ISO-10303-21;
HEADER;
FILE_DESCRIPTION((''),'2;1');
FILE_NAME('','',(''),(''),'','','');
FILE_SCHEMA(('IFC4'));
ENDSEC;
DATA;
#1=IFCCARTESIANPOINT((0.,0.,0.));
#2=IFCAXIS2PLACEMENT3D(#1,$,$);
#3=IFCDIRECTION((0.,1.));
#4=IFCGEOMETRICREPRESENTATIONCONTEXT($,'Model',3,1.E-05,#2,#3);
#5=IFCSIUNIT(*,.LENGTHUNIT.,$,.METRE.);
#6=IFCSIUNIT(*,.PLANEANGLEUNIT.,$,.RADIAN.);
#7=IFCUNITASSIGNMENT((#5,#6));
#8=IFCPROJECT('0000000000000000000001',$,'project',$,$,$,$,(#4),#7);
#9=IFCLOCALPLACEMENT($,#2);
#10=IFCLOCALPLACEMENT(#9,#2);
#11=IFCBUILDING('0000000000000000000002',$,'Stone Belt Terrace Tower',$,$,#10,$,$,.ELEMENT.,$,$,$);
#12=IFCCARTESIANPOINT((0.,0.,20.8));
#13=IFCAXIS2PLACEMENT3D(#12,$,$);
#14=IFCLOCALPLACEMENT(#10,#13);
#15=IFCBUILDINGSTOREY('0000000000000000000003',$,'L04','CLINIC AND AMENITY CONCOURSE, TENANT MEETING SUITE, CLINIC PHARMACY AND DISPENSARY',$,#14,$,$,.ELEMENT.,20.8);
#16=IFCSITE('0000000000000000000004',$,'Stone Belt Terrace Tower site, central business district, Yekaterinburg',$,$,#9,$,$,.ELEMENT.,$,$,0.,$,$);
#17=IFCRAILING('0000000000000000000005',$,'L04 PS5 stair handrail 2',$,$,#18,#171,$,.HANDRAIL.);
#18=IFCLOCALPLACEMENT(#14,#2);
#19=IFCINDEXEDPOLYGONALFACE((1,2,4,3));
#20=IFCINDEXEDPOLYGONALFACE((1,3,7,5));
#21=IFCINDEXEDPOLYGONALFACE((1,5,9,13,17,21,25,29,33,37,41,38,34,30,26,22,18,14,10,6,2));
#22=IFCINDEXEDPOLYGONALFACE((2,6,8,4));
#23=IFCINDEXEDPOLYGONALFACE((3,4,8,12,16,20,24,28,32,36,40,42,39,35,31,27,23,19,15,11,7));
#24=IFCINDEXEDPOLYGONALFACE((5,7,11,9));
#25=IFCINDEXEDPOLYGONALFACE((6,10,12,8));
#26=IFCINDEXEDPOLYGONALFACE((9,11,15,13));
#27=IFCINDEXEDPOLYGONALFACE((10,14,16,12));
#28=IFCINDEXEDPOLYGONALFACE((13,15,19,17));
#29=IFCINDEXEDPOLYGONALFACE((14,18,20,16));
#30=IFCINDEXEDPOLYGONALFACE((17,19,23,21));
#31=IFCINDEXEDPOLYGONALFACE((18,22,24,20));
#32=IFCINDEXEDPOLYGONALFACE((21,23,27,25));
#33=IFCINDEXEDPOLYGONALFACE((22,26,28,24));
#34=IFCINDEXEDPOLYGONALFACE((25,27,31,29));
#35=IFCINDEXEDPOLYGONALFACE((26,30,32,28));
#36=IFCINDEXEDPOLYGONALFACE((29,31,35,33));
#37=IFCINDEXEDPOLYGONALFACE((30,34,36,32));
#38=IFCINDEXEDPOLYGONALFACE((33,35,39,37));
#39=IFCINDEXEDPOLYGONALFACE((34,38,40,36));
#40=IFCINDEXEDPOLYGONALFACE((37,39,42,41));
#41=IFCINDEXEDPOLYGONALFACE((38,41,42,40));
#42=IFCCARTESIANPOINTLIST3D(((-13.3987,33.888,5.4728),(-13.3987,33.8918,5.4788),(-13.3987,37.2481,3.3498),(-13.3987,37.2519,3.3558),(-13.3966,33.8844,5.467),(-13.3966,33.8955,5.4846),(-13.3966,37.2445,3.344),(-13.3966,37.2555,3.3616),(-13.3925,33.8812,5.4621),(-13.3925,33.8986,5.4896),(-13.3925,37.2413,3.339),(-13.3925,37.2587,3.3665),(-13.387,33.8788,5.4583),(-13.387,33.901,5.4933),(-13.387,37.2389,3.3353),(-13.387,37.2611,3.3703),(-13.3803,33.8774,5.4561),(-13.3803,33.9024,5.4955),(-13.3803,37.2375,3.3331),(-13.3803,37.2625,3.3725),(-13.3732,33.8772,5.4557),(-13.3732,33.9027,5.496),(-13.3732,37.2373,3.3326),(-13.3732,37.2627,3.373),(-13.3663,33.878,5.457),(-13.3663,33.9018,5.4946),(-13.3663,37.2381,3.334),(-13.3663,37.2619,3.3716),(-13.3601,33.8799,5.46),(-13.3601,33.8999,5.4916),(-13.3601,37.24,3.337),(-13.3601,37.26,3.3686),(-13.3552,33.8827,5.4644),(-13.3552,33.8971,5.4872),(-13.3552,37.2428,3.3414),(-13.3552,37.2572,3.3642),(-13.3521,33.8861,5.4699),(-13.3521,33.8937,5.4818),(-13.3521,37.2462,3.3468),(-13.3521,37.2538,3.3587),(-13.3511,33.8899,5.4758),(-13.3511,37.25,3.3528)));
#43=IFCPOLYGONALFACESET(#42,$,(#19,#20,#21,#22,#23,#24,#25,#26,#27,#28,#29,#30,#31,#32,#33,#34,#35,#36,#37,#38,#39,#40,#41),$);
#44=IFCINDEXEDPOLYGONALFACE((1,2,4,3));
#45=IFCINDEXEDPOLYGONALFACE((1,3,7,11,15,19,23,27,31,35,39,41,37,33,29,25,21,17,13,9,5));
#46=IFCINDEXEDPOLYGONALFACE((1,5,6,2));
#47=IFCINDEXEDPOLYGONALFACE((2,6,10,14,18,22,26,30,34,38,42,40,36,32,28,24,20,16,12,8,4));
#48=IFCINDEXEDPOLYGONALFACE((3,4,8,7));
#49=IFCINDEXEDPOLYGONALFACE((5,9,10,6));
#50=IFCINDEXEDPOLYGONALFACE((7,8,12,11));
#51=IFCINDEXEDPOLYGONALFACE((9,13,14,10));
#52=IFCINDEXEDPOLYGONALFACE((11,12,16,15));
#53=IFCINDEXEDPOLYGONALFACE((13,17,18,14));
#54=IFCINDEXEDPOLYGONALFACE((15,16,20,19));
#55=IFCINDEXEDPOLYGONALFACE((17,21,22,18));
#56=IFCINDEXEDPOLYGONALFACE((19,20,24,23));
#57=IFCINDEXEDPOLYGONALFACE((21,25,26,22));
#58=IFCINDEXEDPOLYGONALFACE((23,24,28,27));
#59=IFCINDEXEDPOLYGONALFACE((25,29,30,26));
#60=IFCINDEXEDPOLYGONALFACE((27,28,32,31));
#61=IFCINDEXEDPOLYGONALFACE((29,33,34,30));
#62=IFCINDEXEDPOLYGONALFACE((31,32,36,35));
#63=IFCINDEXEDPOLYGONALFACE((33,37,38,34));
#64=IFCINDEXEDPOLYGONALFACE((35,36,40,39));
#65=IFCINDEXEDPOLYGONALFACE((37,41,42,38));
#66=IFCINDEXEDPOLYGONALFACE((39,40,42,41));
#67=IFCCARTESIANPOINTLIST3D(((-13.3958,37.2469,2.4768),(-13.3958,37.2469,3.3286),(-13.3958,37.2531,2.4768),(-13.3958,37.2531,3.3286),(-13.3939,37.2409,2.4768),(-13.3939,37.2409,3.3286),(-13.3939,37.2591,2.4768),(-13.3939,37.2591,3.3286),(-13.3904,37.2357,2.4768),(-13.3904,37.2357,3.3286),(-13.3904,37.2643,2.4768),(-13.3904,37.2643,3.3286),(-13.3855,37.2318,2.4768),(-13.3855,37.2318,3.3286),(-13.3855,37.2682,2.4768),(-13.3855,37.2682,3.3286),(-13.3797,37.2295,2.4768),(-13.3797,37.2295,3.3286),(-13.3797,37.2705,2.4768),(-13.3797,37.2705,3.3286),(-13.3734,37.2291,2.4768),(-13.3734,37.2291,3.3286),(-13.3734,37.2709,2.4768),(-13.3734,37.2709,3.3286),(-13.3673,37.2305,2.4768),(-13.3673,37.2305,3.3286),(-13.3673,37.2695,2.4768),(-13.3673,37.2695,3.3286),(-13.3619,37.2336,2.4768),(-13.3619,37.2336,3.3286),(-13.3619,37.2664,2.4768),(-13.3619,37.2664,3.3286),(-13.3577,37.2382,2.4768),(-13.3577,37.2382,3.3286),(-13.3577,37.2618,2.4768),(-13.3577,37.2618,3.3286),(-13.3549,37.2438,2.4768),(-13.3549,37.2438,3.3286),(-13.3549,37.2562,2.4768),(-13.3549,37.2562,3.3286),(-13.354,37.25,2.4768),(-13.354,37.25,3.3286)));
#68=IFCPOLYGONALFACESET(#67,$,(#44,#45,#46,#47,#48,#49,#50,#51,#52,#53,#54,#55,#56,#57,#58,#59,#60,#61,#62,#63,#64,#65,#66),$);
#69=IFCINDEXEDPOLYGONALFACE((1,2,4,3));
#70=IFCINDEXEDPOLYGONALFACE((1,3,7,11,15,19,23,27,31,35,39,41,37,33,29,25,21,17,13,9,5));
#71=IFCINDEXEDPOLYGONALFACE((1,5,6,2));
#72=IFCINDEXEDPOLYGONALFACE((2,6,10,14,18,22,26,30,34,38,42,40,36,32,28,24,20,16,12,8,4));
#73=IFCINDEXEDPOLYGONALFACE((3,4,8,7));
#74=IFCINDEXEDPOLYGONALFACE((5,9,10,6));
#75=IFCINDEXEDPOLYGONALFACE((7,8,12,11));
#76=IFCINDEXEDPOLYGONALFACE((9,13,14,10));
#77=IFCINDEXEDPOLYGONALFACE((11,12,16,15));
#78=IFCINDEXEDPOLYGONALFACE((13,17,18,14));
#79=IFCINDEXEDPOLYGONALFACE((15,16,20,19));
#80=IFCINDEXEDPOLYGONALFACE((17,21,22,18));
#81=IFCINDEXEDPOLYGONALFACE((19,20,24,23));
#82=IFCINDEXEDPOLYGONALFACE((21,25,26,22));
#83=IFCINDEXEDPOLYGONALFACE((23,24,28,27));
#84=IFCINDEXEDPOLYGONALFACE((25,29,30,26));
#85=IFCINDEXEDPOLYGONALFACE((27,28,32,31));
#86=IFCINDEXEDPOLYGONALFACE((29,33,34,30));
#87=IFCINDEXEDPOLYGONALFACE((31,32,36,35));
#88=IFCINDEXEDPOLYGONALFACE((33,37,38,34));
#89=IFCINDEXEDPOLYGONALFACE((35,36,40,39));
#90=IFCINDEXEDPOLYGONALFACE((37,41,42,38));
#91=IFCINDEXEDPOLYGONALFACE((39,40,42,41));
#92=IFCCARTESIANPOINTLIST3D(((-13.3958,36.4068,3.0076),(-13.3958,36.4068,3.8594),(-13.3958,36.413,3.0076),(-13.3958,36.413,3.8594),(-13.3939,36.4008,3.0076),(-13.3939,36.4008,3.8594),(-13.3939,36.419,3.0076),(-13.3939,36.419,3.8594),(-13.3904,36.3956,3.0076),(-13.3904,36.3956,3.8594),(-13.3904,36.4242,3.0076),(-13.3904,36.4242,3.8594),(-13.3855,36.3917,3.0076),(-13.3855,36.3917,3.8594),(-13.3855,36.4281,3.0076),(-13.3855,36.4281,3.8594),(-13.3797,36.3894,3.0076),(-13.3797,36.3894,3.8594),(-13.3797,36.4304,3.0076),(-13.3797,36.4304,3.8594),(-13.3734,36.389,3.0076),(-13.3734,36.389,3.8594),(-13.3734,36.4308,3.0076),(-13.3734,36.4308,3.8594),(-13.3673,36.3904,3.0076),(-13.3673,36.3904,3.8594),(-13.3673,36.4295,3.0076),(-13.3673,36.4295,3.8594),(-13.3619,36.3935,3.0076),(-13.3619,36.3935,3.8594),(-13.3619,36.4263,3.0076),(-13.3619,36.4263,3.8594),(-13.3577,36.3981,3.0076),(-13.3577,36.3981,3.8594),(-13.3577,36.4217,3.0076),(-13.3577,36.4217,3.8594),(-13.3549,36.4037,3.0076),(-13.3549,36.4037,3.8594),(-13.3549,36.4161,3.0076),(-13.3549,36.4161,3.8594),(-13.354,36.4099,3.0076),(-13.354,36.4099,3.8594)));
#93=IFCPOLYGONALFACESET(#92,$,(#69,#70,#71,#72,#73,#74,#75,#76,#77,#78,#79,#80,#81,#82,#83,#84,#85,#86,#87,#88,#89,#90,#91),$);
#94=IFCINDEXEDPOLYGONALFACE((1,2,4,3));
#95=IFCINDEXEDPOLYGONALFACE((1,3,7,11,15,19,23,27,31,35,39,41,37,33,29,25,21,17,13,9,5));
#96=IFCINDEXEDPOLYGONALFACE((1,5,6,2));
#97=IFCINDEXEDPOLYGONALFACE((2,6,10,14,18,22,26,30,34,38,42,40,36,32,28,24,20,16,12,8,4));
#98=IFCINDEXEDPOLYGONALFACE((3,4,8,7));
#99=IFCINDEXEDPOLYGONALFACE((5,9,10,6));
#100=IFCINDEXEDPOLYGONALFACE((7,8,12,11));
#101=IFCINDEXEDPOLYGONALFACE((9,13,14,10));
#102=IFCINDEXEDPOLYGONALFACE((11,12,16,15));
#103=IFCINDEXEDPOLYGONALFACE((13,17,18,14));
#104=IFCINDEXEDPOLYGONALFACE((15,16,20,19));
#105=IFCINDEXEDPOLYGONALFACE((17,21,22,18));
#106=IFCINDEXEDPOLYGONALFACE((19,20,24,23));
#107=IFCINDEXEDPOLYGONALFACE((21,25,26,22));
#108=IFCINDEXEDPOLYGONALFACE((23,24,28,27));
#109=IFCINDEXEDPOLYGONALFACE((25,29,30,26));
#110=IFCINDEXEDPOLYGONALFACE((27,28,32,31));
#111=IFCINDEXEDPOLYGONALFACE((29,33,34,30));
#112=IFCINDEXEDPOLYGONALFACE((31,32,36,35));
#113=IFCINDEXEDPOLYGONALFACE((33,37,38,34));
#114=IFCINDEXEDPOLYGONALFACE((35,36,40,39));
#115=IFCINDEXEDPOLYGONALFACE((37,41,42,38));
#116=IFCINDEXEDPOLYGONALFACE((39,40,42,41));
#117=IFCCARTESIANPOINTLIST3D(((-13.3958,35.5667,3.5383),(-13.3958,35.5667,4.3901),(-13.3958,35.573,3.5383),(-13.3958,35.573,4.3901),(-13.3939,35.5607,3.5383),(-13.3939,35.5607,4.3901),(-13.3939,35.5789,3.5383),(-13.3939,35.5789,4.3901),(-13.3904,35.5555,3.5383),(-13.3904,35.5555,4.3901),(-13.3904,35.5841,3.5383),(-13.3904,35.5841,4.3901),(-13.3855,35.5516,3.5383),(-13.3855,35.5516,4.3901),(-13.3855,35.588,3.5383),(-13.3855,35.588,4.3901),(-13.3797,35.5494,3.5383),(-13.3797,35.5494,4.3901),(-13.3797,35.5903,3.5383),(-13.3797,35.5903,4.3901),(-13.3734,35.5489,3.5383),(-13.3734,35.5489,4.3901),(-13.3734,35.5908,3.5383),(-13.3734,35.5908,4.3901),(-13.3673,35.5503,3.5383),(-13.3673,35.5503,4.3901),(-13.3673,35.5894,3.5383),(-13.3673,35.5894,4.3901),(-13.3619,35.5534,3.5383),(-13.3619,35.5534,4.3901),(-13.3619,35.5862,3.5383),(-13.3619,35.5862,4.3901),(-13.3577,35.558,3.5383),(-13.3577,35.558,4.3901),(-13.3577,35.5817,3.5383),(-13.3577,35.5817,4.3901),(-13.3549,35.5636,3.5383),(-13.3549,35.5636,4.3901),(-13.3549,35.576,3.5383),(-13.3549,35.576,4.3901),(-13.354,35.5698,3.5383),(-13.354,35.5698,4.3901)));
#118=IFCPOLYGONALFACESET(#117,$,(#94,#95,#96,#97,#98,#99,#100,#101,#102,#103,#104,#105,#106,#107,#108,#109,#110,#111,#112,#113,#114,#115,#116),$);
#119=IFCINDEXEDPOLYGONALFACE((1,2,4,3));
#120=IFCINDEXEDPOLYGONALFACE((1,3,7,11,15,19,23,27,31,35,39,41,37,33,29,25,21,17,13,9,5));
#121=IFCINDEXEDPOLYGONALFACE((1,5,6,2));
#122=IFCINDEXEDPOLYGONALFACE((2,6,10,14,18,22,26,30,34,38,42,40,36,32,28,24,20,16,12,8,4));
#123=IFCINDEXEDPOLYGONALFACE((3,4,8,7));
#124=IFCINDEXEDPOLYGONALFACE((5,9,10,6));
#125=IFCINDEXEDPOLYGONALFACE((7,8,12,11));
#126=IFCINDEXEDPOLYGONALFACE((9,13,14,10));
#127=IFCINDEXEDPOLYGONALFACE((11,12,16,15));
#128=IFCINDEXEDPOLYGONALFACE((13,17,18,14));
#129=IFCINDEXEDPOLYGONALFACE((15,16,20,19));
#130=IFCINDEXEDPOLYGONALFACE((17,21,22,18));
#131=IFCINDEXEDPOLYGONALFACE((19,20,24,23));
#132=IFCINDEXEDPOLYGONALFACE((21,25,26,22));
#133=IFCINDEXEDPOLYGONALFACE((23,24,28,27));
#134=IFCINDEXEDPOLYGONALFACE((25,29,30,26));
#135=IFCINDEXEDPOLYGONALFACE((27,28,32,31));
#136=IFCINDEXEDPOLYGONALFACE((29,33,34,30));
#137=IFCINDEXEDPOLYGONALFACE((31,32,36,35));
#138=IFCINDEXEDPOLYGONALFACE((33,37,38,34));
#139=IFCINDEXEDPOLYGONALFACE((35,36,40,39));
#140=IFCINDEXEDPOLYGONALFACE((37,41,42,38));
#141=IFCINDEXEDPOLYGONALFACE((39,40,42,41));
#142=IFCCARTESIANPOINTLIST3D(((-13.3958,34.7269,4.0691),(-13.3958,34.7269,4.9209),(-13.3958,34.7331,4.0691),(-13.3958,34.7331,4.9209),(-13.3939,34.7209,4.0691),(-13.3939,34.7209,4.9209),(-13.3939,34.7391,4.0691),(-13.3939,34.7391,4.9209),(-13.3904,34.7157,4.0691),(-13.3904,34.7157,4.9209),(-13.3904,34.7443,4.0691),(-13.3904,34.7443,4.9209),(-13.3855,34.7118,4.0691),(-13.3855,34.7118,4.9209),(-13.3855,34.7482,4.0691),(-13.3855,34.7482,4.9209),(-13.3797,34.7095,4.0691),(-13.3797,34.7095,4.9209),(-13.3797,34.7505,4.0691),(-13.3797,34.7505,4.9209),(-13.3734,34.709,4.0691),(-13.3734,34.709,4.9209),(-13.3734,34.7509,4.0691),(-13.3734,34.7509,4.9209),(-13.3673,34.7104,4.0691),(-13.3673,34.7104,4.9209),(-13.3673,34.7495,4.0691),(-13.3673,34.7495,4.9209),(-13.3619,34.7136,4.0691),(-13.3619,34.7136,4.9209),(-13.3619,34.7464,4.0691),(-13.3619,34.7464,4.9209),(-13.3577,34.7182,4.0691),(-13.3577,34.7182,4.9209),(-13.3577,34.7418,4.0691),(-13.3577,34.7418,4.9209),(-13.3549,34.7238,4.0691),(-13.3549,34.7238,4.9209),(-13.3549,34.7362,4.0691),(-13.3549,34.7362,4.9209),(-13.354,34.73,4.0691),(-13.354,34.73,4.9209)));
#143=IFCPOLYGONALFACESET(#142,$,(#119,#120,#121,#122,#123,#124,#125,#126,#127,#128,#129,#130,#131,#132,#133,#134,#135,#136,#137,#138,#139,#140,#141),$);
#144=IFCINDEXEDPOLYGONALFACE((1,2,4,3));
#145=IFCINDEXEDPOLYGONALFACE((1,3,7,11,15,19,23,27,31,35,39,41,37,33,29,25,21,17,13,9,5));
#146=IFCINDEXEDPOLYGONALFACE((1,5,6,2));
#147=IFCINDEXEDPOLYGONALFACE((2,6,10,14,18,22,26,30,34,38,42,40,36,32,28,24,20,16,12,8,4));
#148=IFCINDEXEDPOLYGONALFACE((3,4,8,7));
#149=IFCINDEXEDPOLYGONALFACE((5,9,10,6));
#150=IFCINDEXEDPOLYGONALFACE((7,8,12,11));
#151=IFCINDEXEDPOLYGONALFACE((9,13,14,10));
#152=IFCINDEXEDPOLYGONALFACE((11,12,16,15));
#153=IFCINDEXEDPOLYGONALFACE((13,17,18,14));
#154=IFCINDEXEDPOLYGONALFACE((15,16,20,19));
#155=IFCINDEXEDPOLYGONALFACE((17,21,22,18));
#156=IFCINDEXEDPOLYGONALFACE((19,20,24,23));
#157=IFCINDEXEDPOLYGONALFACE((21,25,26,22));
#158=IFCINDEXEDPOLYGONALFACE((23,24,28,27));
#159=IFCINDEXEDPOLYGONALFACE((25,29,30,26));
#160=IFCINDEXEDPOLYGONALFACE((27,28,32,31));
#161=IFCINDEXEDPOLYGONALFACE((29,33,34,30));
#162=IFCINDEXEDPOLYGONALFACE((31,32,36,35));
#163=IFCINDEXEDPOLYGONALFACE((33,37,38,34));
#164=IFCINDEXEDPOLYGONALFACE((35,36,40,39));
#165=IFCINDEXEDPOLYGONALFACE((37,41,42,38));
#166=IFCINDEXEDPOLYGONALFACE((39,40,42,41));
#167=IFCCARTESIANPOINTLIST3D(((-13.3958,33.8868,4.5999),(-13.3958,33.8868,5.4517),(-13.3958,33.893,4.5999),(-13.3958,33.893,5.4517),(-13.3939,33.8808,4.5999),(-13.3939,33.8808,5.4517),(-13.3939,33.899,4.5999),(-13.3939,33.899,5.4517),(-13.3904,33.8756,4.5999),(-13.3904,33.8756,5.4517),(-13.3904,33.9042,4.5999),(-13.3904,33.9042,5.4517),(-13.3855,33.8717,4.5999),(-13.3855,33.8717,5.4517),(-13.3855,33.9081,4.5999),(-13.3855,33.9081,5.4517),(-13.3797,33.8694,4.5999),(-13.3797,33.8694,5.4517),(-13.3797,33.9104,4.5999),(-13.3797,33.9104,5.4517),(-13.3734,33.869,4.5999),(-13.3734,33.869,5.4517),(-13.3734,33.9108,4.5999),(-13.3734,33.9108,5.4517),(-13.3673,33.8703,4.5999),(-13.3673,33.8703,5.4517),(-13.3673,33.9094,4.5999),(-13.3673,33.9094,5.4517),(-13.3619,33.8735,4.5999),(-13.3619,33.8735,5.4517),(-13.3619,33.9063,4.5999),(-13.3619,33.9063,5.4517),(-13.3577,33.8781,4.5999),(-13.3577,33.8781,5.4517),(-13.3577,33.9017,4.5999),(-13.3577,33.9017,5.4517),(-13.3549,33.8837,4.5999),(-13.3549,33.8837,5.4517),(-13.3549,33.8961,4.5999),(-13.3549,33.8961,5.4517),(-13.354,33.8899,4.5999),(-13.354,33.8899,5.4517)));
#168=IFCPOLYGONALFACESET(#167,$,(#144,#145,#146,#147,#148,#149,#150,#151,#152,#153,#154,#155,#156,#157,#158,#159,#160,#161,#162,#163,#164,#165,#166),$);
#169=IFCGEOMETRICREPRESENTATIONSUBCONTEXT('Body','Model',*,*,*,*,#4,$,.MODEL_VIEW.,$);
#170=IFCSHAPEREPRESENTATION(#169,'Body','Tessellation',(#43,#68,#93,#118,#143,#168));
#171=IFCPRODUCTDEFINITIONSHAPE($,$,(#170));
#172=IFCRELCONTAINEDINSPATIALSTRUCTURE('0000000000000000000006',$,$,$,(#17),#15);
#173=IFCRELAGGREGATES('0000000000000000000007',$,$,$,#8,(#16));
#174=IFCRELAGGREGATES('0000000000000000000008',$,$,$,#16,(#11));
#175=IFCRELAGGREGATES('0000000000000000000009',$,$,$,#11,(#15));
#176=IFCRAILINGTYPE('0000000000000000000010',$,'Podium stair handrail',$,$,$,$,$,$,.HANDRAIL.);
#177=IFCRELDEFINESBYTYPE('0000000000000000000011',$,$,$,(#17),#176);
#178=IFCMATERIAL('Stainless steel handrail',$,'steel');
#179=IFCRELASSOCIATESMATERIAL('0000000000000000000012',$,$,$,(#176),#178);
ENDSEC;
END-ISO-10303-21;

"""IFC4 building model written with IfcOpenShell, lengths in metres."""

from ifc_helpers import new_model, si_unit, direction, frame, origin, origin_2d, place, context, subcontext, project, spatial, circle, extrude, material, type_object, element, save


model = new_model("IFC4")

# Units and contexts
model_context = context("Model", 3, precision=1e-05, world=origin(), true_north=direction((0.0, 1.0)))
body_context = subcontext(model_context, "Body", "Model", "MODEL_VIEW")
ifc_project = project(units=[si_unit("LENGTHUNIT", "METRE"), si_unit("PLANEANGLEUNIT", "RADIAN")], contexts=[model_context])

# Site, building, storey
site_placement = place(None, origin())
site = spatial("IfcSite", under=ifc_project, at=site_placement, Name="Stone Belt Terrace Tower site, central business district, Yekaterinburg", CompositionType="ELEMENT", RefElevation=0.0)
building_placement = place(site_placement, origin())
building = spatial("IfcBuilding", under=site, at=building_placement, Name="Stone Belt Terrace Tower", CompositionType="ELEMENT")
storey_placement = place(building_placement, frame((0.0, 0.0, 20.8)))
storey = spatial("IfcBuildingStorey", under=building, at=storey_placement, Name="L04", Description="CLINIC AND AMENITY CONCOURSE, TENANT MEETING SUITE, CLINIC PHARMACY AND DISPENSARY", CompositionType="ELEMENT", Elevation=20.8)

# Railing
ifc_material_1 = material(Name="Stainless steel handrail", Category="steel")
railing_type_1 = type_object("IfcRailingType", Name="Podium stair handrail", PredefinedType="HANDRAIL", material=ifc_material_1)
railing_1_placement = place(storey_placement, frame((-13.375, 37.25, 2.4768)))
element("IfcRailing", 1, at=railing_1_placement, inside=storey, type_object=railing_type_1, Name="L04 PS5 stair handrail 2", PredefinedType="HANDRAIL", context=body_context, shape_type="SweptSolid", body=[
    extrude(circle(Radius=0.0239, at=origin_2d()), frame((0.0, 0.0, 0.876), z_axis=(0.0, -0.84539, 0.53415), x_axis=(1.0, 0.0, 0.0)), (0.0, 0.0, 1.0), 3.9746),
    extrude(circle(Radius=0.021, at=origin_2d()), origin(), (0.0, 0.0, 1.0), 0.8518),
    extrude(circle(Radius=0.021, at=origin_2d()), frame((0.0, -0.8401, 0.5308)), (0.0, 0.0, 1.0), 0.8518),
    extrude(circle(Radius=0.021, at=origin_2d()), frame((0.0, -1.6802, 1.0615)), (0.0, 0.0, 1.0), 0.8518),
    extrude(circle(Radius=0.021, at=origin_2d()), frame((0.0, -2.52, 1.5923)), (0.0, 0.0, 1.0), 0.8518),
    extrude(circle(Radius=0.021, at=origin_2d()), frame((0.0, -3.3601, 2.123)), (0.0, 0.0, 1.0), 0.8518),
])

save(model, "model.ifc")
